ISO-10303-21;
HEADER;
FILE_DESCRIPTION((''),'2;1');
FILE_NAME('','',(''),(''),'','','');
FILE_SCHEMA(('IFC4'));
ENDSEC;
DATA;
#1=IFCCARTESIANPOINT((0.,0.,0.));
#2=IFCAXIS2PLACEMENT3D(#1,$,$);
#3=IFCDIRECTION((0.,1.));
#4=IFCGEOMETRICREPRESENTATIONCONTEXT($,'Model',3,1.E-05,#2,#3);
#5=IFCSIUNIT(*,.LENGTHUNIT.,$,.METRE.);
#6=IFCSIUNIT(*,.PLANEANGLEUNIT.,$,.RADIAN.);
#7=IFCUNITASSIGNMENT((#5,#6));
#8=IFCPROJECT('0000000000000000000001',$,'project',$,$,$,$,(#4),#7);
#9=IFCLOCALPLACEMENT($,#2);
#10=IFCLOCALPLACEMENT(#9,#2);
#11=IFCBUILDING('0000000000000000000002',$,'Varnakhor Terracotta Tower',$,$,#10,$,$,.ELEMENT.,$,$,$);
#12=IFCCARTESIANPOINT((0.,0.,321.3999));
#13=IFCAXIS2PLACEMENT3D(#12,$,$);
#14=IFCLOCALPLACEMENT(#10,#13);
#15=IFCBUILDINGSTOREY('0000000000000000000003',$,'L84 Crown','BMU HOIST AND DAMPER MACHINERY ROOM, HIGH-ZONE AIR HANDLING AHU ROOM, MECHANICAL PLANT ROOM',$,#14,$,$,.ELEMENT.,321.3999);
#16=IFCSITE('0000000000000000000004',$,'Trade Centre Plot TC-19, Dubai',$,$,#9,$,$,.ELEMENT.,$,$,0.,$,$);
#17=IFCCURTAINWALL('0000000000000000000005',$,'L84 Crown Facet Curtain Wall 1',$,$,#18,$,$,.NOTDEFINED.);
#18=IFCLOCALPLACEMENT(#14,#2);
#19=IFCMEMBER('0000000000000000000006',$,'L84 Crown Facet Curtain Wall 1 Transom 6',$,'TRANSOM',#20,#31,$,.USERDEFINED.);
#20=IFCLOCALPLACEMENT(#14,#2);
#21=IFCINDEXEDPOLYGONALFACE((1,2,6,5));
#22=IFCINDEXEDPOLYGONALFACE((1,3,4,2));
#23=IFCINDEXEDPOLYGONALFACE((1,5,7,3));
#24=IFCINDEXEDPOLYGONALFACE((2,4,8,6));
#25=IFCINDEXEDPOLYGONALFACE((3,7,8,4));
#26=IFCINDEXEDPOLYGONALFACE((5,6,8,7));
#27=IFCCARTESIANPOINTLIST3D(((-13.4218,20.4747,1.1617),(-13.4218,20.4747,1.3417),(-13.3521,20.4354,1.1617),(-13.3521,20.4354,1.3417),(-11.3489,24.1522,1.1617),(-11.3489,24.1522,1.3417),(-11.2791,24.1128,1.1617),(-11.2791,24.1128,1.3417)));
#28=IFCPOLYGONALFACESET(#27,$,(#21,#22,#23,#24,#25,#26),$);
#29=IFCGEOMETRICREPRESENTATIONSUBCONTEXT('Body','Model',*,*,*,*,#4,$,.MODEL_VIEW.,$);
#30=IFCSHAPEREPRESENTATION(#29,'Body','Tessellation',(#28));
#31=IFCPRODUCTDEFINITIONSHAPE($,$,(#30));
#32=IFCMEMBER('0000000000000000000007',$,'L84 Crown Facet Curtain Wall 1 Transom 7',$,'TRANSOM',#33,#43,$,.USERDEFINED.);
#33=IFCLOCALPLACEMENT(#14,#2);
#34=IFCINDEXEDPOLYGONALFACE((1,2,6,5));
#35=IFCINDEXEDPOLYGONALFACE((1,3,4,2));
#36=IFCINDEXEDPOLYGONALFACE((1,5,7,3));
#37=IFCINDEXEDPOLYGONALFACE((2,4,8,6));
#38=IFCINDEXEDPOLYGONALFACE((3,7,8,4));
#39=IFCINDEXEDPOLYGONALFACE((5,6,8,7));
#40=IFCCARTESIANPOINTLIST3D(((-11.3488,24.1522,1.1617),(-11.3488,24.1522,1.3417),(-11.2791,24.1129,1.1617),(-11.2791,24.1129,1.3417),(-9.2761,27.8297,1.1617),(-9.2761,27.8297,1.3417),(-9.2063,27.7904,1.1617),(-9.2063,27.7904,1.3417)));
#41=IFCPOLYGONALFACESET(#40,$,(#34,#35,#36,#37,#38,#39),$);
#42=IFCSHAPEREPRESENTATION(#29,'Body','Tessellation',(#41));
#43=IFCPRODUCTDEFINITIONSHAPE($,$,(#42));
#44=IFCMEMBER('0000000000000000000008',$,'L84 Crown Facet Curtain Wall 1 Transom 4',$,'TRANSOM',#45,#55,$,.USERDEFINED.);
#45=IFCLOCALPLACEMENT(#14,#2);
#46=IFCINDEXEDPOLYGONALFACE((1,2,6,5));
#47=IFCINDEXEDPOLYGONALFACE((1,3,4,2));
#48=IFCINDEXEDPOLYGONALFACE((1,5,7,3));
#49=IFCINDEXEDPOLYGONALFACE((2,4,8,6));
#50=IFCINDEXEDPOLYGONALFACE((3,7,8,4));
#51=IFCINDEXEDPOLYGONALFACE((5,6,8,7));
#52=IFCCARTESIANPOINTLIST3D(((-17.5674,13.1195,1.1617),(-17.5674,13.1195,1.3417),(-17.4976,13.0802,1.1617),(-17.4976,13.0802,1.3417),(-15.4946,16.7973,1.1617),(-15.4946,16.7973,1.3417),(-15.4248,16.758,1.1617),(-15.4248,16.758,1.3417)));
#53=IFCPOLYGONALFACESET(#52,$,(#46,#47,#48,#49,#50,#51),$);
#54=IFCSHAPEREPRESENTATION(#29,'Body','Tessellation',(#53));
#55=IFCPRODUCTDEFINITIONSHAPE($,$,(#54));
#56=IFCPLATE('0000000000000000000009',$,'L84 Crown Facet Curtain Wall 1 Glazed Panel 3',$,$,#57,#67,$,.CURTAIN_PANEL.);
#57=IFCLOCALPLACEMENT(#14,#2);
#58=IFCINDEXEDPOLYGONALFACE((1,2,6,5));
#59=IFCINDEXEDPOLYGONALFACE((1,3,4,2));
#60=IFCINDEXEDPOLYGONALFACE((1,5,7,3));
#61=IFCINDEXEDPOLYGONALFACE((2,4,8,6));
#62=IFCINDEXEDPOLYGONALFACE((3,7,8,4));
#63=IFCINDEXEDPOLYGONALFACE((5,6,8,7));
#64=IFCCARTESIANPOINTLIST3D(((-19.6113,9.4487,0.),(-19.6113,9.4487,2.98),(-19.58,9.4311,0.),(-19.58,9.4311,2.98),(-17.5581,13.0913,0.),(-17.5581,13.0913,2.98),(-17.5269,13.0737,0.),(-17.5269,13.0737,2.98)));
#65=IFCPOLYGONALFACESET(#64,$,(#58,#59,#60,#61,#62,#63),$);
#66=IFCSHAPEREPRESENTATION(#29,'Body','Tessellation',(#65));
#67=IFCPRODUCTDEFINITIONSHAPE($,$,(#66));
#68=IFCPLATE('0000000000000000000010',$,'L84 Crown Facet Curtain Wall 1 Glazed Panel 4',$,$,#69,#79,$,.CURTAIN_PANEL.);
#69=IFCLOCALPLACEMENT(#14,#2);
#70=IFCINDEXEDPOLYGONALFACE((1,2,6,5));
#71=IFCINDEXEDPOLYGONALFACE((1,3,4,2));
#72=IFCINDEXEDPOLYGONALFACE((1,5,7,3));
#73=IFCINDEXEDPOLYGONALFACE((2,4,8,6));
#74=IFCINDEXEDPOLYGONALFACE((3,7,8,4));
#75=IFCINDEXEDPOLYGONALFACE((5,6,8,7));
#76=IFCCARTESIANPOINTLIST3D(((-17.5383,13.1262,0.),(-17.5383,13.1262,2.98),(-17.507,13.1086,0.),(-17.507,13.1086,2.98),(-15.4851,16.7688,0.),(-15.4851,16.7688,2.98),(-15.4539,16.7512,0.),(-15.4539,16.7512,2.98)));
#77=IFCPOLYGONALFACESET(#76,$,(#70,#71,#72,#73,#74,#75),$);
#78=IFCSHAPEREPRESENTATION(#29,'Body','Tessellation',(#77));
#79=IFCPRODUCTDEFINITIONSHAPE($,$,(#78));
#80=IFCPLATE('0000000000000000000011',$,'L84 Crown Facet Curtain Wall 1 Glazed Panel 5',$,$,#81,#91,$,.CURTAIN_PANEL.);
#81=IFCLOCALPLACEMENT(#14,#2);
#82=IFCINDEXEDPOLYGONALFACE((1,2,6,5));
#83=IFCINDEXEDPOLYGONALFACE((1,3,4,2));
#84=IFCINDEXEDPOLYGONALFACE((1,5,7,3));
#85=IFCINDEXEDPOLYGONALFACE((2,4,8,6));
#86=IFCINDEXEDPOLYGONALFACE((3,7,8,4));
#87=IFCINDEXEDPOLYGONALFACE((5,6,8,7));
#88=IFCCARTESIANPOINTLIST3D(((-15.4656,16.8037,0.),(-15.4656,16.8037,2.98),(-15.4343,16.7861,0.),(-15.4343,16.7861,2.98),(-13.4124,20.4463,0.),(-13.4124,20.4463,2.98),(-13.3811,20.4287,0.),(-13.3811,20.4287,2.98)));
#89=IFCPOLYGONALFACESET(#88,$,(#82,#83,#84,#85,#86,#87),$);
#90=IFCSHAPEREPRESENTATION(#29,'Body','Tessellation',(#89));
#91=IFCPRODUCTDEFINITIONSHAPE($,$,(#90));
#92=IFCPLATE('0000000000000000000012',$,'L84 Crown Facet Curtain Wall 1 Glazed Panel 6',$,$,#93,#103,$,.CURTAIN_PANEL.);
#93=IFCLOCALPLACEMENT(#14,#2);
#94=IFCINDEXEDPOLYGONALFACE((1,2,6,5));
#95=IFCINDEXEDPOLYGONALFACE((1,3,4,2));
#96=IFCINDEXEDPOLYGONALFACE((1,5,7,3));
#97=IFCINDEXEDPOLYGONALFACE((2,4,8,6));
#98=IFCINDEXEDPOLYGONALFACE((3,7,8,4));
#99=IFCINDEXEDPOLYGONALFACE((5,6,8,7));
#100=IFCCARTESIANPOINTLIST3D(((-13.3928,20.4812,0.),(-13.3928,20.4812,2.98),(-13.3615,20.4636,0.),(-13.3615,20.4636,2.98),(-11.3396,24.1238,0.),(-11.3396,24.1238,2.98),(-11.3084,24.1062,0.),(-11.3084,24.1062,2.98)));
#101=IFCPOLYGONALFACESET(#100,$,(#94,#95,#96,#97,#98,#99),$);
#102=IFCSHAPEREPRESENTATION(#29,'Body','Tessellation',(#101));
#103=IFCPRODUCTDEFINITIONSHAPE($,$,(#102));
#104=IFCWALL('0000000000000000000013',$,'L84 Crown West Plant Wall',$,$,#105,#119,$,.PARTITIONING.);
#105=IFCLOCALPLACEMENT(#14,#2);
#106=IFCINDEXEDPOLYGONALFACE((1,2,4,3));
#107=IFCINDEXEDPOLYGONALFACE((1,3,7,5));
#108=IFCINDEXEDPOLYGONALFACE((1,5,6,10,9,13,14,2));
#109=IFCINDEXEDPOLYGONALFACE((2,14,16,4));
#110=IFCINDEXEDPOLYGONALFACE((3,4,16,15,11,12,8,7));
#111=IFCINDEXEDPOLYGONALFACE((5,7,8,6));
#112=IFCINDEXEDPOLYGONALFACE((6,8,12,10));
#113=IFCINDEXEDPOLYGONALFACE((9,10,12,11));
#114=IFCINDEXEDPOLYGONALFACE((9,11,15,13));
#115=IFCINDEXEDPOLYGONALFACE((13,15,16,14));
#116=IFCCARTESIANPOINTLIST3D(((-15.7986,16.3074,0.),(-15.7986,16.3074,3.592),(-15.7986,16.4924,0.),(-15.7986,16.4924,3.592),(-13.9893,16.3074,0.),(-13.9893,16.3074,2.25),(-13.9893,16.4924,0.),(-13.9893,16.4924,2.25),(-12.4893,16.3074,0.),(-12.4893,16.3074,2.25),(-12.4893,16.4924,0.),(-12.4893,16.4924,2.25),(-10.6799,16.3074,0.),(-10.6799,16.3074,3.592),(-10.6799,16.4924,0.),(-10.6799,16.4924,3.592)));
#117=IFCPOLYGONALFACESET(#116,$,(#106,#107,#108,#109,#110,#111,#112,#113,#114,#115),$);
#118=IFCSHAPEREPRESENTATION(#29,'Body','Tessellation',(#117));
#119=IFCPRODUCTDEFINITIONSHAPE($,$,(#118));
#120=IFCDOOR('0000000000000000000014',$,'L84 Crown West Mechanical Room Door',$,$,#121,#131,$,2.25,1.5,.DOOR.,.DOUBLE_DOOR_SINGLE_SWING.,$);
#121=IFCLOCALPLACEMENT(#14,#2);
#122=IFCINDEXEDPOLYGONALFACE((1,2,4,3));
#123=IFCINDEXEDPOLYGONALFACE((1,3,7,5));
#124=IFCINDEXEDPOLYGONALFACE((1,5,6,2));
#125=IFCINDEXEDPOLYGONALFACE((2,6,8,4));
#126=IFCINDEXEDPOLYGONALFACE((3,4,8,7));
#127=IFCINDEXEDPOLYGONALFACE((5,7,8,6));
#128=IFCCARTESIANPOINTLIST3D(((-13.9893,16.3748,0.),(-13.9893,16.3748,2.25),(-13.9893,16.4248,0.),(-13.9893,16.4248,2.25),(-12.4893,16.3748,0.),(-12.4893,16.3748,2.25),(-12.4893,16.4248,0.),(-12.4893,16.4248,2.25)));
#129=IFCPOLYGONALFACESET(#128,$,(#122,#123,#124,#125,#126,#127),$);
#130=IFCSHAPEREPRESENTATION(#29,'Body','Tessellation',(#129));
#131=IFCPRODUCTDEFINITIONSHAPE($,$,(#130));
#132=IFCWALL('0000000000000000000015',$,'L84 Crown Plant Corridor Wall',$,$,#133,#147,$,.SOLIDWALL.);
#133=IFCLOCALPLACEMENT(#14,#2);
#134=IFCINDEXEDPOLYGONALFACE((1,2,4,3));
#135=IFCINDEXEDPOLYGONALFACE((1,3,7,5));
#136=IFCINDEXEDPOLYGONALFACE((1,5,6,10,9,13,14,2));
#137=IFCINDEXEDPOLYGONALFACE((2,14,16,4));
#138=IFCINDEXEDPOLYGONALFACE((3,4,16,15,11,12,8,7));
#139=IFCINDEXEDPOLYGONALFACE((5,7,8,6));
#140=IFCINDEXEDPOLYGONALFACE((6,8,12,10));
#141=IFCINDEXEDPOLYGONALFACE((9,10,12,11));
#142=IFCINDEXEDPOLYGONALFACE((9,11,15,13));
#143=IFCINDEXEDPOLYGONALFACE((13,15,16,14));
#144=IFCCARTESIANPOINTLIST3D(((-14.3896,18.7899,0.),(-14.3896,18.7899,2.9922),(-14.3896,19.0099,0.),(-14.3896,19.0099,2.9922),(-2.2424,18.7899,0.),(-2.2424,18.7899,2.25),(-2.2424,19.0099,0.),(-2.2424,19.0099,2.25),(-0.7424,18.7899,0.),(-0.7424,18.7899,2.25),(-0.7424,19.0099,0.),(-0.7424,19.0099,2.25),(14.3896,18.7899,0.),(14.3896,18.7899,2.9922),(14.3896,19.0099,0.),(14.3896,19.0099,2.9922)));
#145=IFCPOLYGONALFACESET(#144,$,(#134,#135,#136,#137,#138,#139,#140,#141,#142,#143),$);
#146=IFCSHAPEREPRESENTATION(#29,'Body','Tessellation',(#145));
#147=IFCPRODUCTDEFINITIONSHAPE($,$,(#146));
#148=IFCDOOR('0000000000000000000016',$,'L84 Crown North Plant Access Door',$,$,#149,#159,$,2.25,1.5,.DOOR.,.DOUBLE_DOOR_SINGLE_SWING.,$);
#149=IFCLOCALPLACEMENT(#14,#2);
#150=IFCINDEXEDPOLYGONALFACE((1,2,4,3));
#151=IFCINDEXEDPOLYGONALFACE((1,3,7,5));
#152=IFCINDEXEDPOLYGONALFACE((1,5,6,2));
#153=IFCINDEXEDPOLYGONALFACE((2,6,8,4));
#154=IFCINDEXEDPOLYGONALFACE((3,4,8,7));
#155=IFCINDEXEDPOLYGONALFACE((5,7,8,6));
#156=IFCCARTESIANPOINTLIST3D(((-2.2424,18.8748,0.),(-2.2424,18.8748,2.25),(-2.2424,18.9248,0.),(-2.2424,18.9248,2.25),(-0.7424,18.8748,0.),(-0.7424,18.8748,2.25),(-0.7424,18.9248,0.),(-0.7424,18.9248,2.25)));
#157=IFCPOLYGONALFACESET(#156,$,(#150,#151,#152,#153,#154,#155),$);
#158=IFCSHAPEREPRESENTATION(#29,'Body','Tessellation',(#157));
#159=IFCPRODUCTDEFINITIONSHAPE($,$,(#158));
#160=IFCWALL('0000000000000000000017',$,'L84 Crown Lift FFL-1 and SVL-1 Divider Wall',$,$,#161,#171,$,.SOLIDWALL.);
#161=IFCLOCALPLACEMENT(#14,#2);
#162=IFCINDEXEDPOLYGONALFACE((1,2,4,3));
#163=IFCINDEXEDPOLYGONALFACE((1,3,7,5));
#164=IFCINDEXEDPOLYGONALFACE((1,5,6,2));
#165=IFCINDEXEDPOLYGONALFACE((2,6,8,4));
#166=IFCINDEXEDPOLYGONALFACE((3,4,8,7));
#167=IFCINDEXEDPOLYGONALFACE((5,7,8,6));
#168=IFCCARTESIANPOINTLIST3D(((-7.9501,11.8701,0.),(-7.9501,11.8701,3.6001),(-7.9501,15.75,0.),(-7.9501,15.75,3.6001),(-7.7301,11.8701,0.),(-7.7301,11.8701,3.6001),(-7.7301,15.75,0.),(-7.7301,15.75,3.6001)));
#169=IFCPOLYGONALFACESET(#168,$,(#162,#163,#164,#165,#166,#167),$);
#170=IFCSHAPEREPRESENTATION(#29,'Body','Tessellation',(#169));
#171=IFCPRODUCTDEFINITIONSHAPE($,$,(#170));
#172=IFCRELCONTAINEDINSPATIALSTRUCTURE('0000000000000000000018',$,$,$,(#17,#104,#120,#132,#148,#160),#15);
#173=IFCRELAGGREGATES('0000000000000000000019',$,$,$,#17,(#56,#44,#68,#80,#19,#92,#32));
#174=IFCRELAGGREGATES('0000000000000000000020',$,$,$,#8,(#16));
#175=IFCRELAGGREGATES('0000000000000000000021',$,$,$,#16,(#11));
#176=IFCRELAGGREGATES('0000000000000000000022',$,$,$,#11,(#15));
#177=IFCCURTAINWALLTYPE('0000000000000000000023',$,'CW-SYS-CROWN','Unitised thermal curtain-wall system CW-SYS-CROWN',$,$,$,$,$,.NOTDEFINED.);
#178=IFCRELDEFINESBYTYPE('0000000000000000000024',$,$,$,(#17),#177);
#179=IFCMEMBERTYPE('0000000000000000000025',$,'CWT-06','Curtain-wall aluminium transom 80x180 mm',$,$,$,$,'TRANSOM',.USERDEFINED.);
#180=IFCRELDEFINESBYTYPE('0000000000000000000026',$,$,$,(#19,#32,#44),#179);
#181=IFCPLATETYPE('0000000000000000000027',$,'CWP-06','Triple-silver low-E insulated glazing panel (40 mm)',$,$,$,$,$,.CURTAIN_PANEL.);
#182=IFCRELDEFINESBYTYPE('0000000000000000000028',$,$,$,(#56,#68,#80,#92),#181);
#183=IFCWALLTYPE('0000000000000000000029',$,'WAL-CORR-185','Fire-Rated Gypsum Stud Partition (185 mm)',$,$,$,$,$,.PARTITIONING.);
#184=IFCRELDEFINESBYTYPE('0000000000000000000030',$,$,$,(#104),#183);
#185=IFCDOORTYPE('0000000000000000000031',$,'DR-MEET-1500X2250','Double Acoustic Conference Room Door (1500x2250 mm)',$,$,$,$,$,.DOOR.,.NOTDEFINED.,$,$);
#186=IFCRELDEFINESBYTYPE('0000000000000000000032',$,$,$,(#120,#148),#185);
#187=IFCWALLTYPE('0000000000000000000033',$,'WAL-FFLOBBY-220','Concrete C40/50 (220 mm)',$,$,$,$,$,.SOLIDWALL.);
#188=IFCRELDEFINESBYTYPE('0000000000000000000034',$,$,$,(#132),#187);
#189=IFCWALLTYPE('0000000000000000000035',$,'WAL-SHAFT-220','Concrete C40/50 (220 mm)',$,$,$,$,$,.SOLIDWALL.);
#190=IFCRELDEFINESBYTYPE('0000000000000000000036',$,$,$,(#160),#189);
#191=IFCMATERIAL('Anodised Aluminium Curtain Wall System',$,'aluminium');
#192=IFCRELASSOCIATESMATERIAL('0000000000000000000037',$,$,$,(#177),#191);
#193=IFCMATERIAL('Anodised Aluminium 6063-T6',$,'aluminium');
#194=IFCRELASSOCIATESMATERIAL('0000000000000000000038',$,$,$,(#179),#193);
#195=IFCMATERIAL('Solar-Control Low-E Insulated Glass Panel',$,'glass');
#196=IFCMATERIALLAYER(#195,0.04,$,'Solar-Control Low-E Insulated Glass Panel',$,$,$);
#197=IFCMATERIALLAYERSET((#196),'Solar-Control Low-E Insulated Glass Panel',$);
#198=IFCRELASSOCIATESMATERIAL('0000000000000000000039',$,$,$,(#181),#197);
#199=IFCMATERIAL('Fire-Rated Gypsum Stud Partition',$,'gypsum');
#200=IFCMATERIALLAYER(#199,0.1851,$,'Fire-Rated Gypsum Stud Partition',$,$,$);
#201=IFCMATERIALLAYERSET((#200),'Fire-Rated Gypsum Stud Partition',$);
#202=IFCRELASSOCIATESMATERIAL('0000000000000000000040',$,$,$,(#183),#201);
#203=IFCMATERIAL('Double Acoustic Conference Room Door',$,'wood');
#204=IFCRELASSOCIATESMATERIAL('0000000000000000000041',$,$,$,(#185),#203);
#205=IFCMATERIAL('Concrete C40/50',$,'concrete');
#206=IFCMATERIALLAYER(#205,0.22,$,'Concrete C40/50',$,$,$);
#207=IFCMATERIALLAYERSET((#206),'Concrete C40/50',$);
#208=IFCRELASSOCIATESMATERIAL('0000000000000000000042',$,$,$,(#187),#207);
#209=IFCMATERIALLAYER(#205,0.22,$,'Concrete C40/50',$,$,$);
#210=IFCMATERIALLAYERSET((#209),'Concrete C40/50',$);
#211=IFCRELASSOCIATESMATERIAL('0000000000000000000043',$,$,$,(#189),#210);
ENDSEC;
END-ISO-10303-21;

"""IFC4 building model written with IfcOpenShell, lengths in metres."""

from ifc_helpers import new_model, si_unit, direction, frame, frame_2d, origin, origin_2d, place, context, subcontext, project, spatial, rectangle, extrude, source, transform, mapped, material, layer, layer_set, material_profile, profile_set, type_object, type_shapes, element, fill, aggregate, save


model = new_model("IFC4")

# Units and contexts
model_context = context("Model", 3, precision=1e-05, world=origin(), true_north=direction((0.0, 1.0)))
body_context = subcontext(model_context, "Body", "Model", "MODEL_VIEW")
ifc_project = project(units=[si_unit("LENGTHUNIT", "METRE"), si_unit("PLANEANGLEUNIT", "RADIAN")], contexts=[model_context])

# Site, building, storey
site_placement = place(None, origin())
site = spatial("IfcSite", under=ifc_project, at=site_placement, Name="Trade Centre Plot TC-19, Dubai", CompositionType="ELEMENT", RefElevation=0.0)
building_placement = place(site_placement, origin())
building = spatial("IfcBuilding", under=site, at=building_placement, Name="Varnakhor Terracotta Tower", CompositionType="ELEMENT")
storey_placement = place(building_placement, frame((0.0, 0.0, 321.3999)))
storey = spatial("IfcBuildingStorey", under=building, at=storey_placement, Name="L84 Crown", Description="BMU HOIST AND DAMPER MACHINERY ROOM, HIGH-ZONE AIR HANDLING AHU ROOM, MECHANICAL PLANT ROOM", CompositionType="ELEMENT", Elevation=321.3999)

# Curtain wall, members, plates
ifc_material_1 = material(Name="Anodised Aluminium Curtain Wall System", Category="aluminium")
curtain_wall_type = type_object("IfcCurtainWallType", Name="CW-SYS-CROWN", Description="Unitised thermal curtain-wall system CW-SYS-CROWN", PredefinedType="NOTDEFINED", material=ifc_material_1)
curtain_wall_placement = place(storey_placement, origin())
curtain_wall = element("IfcCurtainWall", 1, at=curtain_wall_placement, inside=storey, type_object=curtain_wall_type, Name="L84 Crown Facet Curtain Wall 1", PredefinedType="NOTDEFINED")
ifc_material_2 = material(Name="Anodised Aluminium 6063-T6", Category="aluminium")
ifc_material_profile_1 = material_profile(ifc_material_2, rectangle(XDim=0.0801, YDim=0.1799, at=origin_2d()), Name="ALU TRANSOM 80x180")
ifc_profile_set_1 = profile_set([ifc_material_profile_1], Name="Anodised Aluminium 6063-T6")
member_type_1 = type_object("IfcMemberType", Name="CWT-06", Description="Curtain-wall aluminium transom 80x180 mm", ElementType="TRANSOM", PredefinedType="USERDEFINED", material=ifc_profile_set_1)
shared_shape_1 = source(origin(), body_context, "Body", "SweptSolid", [
    extrude(rectangle(XDim=0.0801, YDim=0.1799, at=origin_2d()), origin(), (0.0, 0.0, 1.0), 4.2214),
])
member_1_placement = place(storey_placement, frame((-13.387, 20.4551, 1.2517), z_axis=(0.491055, 0.871129, 0.0), x_axis=(-0.871129, 0.491055, 0.0)))
member_1 = element("IfcMember", 2, at=member_1_placement, type_object=member_type_1, Name="L84 Crown Facet Curtain Wall 1 Transom 6", ObjectType="TRANSOM", PredefinedType="USERDEFINED", context=body_context, shape_type="MappedRepresentation", body=[
    mapped(shared_shape_1, transform((0.0, 0.0, 0.0), scale=1.0)),
])
member_2_placement = place(storey_placement, frame((-11.314, 24.1326, 1.2517), z_axis=(0.491011, 0.871154, 0.0), x_axis=(-0.871154, 0.491011, 0.0)))
member_2 = element("IfcMember", 3, at=member_2_placement, type_object=member_type_1, Name="L84 Crown Facet Curtain Wall 1 Transom 7", ObjectType="TRANSOM", PredefinedType="USERDEFINED", context=body_context, shape_type="MappedRepresentation", body=[
    mapped(shared_shape_1, transform((0.0, 0.0, 0.0), scale=1.0)),
])
shared_shape_2 = source(origin(), body_context, "Body", "SweptSolid", [
    extrude(rectangle(XDim=0.0801, YDim=0.1799, at=origin_2d()), origin(), (0.0, 0.0, 1.0), 4.2217),
])
member_3_placement = place(storey_placement, frame((-17.5325, 13.0999, 1.2517), z_axis=(0.490986, 0.871168, 0.0), x_axis=(-0.871168, 0.490986, 0.0)))
member_3 = element("IfcMember", 4, at=member_3_placement, type_object=member_type_1, Name="L84 Crown Facet Curtain Wall 1 Transom 4", ObjectType="TRANSOM", PredefinedType="USERDEFINED", context=body_context, shape_type="MappedRepresentation", body=[
    mapped(shared_shape_2, transform((0.0, 0.0, 0.0), scale=1.0)),
])
ifc_material_3 = material(Name="Solar-Control Low-E Insulated Glass Panel", Category="glass")
ifc_layer_1 = layer(ifc_material_3, 0.04, Name="Solar-Control Low-E Insulated Glass Panel")
ifc_layer_set_1 = layer_set([ifc_layer_1], Name="Solar-Control Low-E Insulated Glass Panel")
plate_type = type_object("IfcPlateType", Name="CWP-06", Description="Triple-silver low-E insulated glazing panel (40 mm)", PredefinedType="CURTAIN_PANEL", material=ifc_layer_set_1)
shared_shape_3 = source(origin(), body_context, "Body", "SweptSolid", [
    extrude(rectangle(XDim=4.1814, YDim=0.0359, at=origin_2d()), origin(), (0.0, 0.0, 1.0), 2.98),
])
plate_1_placement = place(storey_placement, frame((-18.5691, 11.2612, 0.0), z_axis=(0.0, 0.0, 1.0), x_axis=(0.491025, 0.871145, 0.0)))
plate_1 = element("IfcPlate", 5, at=plate_1_placement, type_object=plate_type, Name="L84 Crown Facet Curtain Wall 1 Glazed Panel 3", PredefinedType="CURTAIN_PANEL", context=body_context, shape_type="MappedRepresentation", body=[
    mapped(shared_shape_3, transform((0.0, 0.0, 0.0), scale=1.0)),
])
plate_2_placement = place(storey_placement, frame((-16.4961, 14.9387, 0.0), z_axis=(0.0, 0.0, 1.0), x_axis=(0.491025, 0.871145, 0.0)))
plate_2 = element("IfcPlate", 6, at=plate_2_placement, type_object=plate_type, Name="L84 Crown Facet Curtain Wall 1 Glazed Panel 4", PredefinedType="CURTAIN_PANEL", context=body_context, shape_type="MappedRepresentation", body=[
    mapped(shared_shape_3, transform((0.0, 0.0, 0.0), scale=1.0)),
])
plate_3_placement = place(storey_placement, frame((-14.4233, 18.6162, 0.0), z_axis=(0.0, 0.0, 1.0), x_axis=(0.491025, 0.871145, 0.0)))
plate_3 = element("IfcPlate", 7, at=plate_3_placement, type_object=plate_type, Name="L84 Crown Facet Curtain Wall 1 Glazed Panel 5", PredefinedType="CURTAIN_PANEL", context=body_context, shape_type="MappedRepresentation", body=[
    mapped(shared_shape_3, transform((0.0, 0.0, 0.0), scale=1.0)),
])
plate_4_placement = place(storey_placement, frame((-12.3506, 22.2937, 0.0), z_axis=(0.0, 0.0, 1.0), x_axis=(0.491025, 0.871145, 0.0)))
plate_4 = element("IfcPlate", 8, at=plate_4_placement, type_object=plate_type, Name="L84 Crown Facet Curtain Wall 1 Glazed Panel 6", PredefinedType="CURTAIN_PANEL", context=body_context, shape_type="MappedRepresentation", body=[
    mapped(shared_shape_3, transform((0.0, 0.0, 0.0), scale=1.0)),
])
aggregate(curtain_wall, [plate_1, member_3, plate_2, plate_3, member_1, plate_4, member_2])

# Walls, openings, doors
ifc_material_4 = material(Name="Fire-Rated Gypsum Stud Partition", Category="gypsum")
ifc_layer_2 = layer(ifc_material_4, 0.1851, Name="Fire-Rated Gypsum Stud Partition")
ifc_layer_set_2 = layer_set([ifc_layer_2], Name="Fire-Rated Gypsum Stud Partition")
wall_type_1 = type_object("IfcWallType", Name="WAL-CORR-185", Description="Fire-Rated Gypsum Stud Partition (185 mm)", PredefinedType="PARTITIONING", material=ifc_layer_set_2)
wall_1_placement = place(storey_placement, frame((-15.7986, 16.3999, 0.0), z_axis=(0.0, 0.0, 1.0), x_axis=(1.0, 0.0, 0.0)))
wall_1 = element("IfcWall", 9, at=wall_1_placement, inside=storey, type_object=wall_type_1, Name="L84 Crown West Plant Wall", PredefinedType="PARTITIONING", context=body_context, shape_type="SweptSolid", body=[
    extrude(rectangle(XDim=5.1187, YDim=0.1851, at=frame_2d((2.5593, 0.0))), origin(), (0.0, 0.0, 1.0), 3.592),
])
opening_1_placement = place(wall_1_placement, frame((1.8093, 0.0, 0.0)))
opening_1 = element("IfcOpeningElement", 10, at=opening_1_placement, cuts=wall_1, PredefinedType="OPENING", context=body_context, shape_type="SweptSolid", body=[
    extrude(rectangle(XDim=1.5, YDim=2.25, at=frame_2d((0.75, 1.125))), frame((0.0, 0.1025, 0.0), z_axis=(0.0, -1.0, 0.0), x_axis=(1.0, 0.0, 0.0)), (0.0, 0.0, 1.0), 0.2051),
])
ifc_material_5 = material(Name="Double Acoustic Conference Room Door", Category="wood")
door_type_1 = type_object("IfcDoorType", Name="DR-MEET-1500X2250", Description="Double Acoustic Conference Room Door (1500x2250 mm)", OperationType="NOTDEFINED", PredefinedType="DOOR", material=ifc_material_5)
shared_shape_4 = source(origin(), body_context, "Body", "SweptSolid", [
    extrude(rectangle(XDim=1.5, YDim=2.25, at=frame_2d((0.75, 1.125))), frame((0.0, 0.0249, 0.0), z_axis=(0.0, -1.0, 0.0), x_axis=(1.0, 0.0, 0.0)), (0.0, 0.0, 1.0), 0.05),
])
type_shapes(door_type_1, [shared_shape_4])
door_1_placement = place(opening_1_placement, origin())
door_1 = element("IfcDoor", 11, at=door_1_placement, inside=storey, type_object=door_type_1, Name="L84 Crown West Mechanical Room Door", OperationType="DOUBLE_DOOR_SINGLE_SWING", OverallHeight=2.25, OverallWidth=1.5, PredefinedType="DOOR", context=body_context, shape_type="MappedRepresentation", body=[
    mapped(shared_shape_4, transform((0.0, 0.0, 0.0), scale=1.0)),
])
fill(opening_1, door_1)
ifc_material_6 = material(Name="Concrete C40/50", Category="concrete")
ifc_layer_3 = layer(ifc_material_6, 0.22, Name="Concrete C40/50")
ifc_layer_set_3 = layer_set([ifc_layer_3], Name="Concrete C40/50")
wall_type_2 = type_object("IfcWallType", Name="WAL-FFLOBBY-220", Description="Concrete C40/50 (220 mm)", PredefinedType="SOLIDWALL", material=ifc_layer_set_3)
wall_2_placement = place(storey_placement, frame((-14.3896, 18.8999, 0.0), z_axis=(0.0, 0.0, 1.0), x_axis=(1.0, 0.0, 0.0)))
wall_2 = element("IfcWall", 12, at=wall_2_placement, inside=storey, type_object=wall_type_2, Name="L84 Crown Plant Corridor Wall", PredefinedType="SOLIDWALL", context=body_context, shape_type="SweptSolid", body=[
    extrude(rectangle(XDim=28.7793, YDim=0.22, at=frame_2d((14.3896, 0.0))), origin(), (0.0, 0.0, 1.0), 2.9922),
])
opening_2_placement = place(wall_2_placement, frame((12.1472, 0.0, 0.0)))
opening_2 = element("IfcOpeningElement", 13, at=opening_2_placement, cuts=wall_2, PredefinedType="OPENING", context=body_context, shape_type="SweptSolid", body=[
    extrude(rectangle(XDim=1.5, YDim=2.25, at=frame_2d((0.75, 1.125))), frame((0.0, 0.1201, 0.0), z_axis=(0.0, -1.0, 0.0), x_axis=(1.0, 0.0, 0.0)), (0.0, 0.0, 1.0), 0.24),
])
door_2_placement = place(opening_2_placement, origin())
door_2 = element("IfcDoor", 14, at=door_2_placement, inside=storey, type_object=door_type_1, Name="L84 Crown North Plant Access Door", OperationType="DOUBLE_DOOR_SINGLE_SWING", OverallHeight=2.25, OverallWidth=1.5, PredefinedType="DOOR", context=body_context, shape_type="MappedRepresentation", body=[
    mapped(shared_shape_4, transform((0.0, 0.0, 0.0), scale=1.0)),
])
fill(opening_2, door_2)

# Wall
ifc_layer_4 = layer(ifc_material_6, 0.22, Name="Concrete C40/50")
ifc_layer_set_4 = layer_set([ifc_layer_4], Name="Concrete C40/50")
wall_type_3 = type_object("IfcWallType", Name="WAL-SHAFT-220", Description="Concrete C40/50 (220 mm)", PredefinedType="SOLIDWALL", material=ifc_layer_set_4)
wall_3_placement = place(storey_placement, frame((-7.8401, 11.8701, 0.0), z_axis=(0.0, 0.0, 1.0), x_axis=(0.0, 1.0, 0.0)))
element("IfcWall", 15, at=wall_3_placement, inside=storey, type_object=wall_type_3, Name="L84 Crown Lift FFL-1 and SVL-1 Divider Wall", PredefinedType="SOLIDWALL", context=body_context, shape_type="SweptSolid", body=[
    extrude(rectangle(XDim=3.8799, YDim=0.22, at=frame_2d((1.9399, 0.0))), origin(), (0.0, 0.0, 1.0), 3.6001),
])

save(model, "model.ifc")
